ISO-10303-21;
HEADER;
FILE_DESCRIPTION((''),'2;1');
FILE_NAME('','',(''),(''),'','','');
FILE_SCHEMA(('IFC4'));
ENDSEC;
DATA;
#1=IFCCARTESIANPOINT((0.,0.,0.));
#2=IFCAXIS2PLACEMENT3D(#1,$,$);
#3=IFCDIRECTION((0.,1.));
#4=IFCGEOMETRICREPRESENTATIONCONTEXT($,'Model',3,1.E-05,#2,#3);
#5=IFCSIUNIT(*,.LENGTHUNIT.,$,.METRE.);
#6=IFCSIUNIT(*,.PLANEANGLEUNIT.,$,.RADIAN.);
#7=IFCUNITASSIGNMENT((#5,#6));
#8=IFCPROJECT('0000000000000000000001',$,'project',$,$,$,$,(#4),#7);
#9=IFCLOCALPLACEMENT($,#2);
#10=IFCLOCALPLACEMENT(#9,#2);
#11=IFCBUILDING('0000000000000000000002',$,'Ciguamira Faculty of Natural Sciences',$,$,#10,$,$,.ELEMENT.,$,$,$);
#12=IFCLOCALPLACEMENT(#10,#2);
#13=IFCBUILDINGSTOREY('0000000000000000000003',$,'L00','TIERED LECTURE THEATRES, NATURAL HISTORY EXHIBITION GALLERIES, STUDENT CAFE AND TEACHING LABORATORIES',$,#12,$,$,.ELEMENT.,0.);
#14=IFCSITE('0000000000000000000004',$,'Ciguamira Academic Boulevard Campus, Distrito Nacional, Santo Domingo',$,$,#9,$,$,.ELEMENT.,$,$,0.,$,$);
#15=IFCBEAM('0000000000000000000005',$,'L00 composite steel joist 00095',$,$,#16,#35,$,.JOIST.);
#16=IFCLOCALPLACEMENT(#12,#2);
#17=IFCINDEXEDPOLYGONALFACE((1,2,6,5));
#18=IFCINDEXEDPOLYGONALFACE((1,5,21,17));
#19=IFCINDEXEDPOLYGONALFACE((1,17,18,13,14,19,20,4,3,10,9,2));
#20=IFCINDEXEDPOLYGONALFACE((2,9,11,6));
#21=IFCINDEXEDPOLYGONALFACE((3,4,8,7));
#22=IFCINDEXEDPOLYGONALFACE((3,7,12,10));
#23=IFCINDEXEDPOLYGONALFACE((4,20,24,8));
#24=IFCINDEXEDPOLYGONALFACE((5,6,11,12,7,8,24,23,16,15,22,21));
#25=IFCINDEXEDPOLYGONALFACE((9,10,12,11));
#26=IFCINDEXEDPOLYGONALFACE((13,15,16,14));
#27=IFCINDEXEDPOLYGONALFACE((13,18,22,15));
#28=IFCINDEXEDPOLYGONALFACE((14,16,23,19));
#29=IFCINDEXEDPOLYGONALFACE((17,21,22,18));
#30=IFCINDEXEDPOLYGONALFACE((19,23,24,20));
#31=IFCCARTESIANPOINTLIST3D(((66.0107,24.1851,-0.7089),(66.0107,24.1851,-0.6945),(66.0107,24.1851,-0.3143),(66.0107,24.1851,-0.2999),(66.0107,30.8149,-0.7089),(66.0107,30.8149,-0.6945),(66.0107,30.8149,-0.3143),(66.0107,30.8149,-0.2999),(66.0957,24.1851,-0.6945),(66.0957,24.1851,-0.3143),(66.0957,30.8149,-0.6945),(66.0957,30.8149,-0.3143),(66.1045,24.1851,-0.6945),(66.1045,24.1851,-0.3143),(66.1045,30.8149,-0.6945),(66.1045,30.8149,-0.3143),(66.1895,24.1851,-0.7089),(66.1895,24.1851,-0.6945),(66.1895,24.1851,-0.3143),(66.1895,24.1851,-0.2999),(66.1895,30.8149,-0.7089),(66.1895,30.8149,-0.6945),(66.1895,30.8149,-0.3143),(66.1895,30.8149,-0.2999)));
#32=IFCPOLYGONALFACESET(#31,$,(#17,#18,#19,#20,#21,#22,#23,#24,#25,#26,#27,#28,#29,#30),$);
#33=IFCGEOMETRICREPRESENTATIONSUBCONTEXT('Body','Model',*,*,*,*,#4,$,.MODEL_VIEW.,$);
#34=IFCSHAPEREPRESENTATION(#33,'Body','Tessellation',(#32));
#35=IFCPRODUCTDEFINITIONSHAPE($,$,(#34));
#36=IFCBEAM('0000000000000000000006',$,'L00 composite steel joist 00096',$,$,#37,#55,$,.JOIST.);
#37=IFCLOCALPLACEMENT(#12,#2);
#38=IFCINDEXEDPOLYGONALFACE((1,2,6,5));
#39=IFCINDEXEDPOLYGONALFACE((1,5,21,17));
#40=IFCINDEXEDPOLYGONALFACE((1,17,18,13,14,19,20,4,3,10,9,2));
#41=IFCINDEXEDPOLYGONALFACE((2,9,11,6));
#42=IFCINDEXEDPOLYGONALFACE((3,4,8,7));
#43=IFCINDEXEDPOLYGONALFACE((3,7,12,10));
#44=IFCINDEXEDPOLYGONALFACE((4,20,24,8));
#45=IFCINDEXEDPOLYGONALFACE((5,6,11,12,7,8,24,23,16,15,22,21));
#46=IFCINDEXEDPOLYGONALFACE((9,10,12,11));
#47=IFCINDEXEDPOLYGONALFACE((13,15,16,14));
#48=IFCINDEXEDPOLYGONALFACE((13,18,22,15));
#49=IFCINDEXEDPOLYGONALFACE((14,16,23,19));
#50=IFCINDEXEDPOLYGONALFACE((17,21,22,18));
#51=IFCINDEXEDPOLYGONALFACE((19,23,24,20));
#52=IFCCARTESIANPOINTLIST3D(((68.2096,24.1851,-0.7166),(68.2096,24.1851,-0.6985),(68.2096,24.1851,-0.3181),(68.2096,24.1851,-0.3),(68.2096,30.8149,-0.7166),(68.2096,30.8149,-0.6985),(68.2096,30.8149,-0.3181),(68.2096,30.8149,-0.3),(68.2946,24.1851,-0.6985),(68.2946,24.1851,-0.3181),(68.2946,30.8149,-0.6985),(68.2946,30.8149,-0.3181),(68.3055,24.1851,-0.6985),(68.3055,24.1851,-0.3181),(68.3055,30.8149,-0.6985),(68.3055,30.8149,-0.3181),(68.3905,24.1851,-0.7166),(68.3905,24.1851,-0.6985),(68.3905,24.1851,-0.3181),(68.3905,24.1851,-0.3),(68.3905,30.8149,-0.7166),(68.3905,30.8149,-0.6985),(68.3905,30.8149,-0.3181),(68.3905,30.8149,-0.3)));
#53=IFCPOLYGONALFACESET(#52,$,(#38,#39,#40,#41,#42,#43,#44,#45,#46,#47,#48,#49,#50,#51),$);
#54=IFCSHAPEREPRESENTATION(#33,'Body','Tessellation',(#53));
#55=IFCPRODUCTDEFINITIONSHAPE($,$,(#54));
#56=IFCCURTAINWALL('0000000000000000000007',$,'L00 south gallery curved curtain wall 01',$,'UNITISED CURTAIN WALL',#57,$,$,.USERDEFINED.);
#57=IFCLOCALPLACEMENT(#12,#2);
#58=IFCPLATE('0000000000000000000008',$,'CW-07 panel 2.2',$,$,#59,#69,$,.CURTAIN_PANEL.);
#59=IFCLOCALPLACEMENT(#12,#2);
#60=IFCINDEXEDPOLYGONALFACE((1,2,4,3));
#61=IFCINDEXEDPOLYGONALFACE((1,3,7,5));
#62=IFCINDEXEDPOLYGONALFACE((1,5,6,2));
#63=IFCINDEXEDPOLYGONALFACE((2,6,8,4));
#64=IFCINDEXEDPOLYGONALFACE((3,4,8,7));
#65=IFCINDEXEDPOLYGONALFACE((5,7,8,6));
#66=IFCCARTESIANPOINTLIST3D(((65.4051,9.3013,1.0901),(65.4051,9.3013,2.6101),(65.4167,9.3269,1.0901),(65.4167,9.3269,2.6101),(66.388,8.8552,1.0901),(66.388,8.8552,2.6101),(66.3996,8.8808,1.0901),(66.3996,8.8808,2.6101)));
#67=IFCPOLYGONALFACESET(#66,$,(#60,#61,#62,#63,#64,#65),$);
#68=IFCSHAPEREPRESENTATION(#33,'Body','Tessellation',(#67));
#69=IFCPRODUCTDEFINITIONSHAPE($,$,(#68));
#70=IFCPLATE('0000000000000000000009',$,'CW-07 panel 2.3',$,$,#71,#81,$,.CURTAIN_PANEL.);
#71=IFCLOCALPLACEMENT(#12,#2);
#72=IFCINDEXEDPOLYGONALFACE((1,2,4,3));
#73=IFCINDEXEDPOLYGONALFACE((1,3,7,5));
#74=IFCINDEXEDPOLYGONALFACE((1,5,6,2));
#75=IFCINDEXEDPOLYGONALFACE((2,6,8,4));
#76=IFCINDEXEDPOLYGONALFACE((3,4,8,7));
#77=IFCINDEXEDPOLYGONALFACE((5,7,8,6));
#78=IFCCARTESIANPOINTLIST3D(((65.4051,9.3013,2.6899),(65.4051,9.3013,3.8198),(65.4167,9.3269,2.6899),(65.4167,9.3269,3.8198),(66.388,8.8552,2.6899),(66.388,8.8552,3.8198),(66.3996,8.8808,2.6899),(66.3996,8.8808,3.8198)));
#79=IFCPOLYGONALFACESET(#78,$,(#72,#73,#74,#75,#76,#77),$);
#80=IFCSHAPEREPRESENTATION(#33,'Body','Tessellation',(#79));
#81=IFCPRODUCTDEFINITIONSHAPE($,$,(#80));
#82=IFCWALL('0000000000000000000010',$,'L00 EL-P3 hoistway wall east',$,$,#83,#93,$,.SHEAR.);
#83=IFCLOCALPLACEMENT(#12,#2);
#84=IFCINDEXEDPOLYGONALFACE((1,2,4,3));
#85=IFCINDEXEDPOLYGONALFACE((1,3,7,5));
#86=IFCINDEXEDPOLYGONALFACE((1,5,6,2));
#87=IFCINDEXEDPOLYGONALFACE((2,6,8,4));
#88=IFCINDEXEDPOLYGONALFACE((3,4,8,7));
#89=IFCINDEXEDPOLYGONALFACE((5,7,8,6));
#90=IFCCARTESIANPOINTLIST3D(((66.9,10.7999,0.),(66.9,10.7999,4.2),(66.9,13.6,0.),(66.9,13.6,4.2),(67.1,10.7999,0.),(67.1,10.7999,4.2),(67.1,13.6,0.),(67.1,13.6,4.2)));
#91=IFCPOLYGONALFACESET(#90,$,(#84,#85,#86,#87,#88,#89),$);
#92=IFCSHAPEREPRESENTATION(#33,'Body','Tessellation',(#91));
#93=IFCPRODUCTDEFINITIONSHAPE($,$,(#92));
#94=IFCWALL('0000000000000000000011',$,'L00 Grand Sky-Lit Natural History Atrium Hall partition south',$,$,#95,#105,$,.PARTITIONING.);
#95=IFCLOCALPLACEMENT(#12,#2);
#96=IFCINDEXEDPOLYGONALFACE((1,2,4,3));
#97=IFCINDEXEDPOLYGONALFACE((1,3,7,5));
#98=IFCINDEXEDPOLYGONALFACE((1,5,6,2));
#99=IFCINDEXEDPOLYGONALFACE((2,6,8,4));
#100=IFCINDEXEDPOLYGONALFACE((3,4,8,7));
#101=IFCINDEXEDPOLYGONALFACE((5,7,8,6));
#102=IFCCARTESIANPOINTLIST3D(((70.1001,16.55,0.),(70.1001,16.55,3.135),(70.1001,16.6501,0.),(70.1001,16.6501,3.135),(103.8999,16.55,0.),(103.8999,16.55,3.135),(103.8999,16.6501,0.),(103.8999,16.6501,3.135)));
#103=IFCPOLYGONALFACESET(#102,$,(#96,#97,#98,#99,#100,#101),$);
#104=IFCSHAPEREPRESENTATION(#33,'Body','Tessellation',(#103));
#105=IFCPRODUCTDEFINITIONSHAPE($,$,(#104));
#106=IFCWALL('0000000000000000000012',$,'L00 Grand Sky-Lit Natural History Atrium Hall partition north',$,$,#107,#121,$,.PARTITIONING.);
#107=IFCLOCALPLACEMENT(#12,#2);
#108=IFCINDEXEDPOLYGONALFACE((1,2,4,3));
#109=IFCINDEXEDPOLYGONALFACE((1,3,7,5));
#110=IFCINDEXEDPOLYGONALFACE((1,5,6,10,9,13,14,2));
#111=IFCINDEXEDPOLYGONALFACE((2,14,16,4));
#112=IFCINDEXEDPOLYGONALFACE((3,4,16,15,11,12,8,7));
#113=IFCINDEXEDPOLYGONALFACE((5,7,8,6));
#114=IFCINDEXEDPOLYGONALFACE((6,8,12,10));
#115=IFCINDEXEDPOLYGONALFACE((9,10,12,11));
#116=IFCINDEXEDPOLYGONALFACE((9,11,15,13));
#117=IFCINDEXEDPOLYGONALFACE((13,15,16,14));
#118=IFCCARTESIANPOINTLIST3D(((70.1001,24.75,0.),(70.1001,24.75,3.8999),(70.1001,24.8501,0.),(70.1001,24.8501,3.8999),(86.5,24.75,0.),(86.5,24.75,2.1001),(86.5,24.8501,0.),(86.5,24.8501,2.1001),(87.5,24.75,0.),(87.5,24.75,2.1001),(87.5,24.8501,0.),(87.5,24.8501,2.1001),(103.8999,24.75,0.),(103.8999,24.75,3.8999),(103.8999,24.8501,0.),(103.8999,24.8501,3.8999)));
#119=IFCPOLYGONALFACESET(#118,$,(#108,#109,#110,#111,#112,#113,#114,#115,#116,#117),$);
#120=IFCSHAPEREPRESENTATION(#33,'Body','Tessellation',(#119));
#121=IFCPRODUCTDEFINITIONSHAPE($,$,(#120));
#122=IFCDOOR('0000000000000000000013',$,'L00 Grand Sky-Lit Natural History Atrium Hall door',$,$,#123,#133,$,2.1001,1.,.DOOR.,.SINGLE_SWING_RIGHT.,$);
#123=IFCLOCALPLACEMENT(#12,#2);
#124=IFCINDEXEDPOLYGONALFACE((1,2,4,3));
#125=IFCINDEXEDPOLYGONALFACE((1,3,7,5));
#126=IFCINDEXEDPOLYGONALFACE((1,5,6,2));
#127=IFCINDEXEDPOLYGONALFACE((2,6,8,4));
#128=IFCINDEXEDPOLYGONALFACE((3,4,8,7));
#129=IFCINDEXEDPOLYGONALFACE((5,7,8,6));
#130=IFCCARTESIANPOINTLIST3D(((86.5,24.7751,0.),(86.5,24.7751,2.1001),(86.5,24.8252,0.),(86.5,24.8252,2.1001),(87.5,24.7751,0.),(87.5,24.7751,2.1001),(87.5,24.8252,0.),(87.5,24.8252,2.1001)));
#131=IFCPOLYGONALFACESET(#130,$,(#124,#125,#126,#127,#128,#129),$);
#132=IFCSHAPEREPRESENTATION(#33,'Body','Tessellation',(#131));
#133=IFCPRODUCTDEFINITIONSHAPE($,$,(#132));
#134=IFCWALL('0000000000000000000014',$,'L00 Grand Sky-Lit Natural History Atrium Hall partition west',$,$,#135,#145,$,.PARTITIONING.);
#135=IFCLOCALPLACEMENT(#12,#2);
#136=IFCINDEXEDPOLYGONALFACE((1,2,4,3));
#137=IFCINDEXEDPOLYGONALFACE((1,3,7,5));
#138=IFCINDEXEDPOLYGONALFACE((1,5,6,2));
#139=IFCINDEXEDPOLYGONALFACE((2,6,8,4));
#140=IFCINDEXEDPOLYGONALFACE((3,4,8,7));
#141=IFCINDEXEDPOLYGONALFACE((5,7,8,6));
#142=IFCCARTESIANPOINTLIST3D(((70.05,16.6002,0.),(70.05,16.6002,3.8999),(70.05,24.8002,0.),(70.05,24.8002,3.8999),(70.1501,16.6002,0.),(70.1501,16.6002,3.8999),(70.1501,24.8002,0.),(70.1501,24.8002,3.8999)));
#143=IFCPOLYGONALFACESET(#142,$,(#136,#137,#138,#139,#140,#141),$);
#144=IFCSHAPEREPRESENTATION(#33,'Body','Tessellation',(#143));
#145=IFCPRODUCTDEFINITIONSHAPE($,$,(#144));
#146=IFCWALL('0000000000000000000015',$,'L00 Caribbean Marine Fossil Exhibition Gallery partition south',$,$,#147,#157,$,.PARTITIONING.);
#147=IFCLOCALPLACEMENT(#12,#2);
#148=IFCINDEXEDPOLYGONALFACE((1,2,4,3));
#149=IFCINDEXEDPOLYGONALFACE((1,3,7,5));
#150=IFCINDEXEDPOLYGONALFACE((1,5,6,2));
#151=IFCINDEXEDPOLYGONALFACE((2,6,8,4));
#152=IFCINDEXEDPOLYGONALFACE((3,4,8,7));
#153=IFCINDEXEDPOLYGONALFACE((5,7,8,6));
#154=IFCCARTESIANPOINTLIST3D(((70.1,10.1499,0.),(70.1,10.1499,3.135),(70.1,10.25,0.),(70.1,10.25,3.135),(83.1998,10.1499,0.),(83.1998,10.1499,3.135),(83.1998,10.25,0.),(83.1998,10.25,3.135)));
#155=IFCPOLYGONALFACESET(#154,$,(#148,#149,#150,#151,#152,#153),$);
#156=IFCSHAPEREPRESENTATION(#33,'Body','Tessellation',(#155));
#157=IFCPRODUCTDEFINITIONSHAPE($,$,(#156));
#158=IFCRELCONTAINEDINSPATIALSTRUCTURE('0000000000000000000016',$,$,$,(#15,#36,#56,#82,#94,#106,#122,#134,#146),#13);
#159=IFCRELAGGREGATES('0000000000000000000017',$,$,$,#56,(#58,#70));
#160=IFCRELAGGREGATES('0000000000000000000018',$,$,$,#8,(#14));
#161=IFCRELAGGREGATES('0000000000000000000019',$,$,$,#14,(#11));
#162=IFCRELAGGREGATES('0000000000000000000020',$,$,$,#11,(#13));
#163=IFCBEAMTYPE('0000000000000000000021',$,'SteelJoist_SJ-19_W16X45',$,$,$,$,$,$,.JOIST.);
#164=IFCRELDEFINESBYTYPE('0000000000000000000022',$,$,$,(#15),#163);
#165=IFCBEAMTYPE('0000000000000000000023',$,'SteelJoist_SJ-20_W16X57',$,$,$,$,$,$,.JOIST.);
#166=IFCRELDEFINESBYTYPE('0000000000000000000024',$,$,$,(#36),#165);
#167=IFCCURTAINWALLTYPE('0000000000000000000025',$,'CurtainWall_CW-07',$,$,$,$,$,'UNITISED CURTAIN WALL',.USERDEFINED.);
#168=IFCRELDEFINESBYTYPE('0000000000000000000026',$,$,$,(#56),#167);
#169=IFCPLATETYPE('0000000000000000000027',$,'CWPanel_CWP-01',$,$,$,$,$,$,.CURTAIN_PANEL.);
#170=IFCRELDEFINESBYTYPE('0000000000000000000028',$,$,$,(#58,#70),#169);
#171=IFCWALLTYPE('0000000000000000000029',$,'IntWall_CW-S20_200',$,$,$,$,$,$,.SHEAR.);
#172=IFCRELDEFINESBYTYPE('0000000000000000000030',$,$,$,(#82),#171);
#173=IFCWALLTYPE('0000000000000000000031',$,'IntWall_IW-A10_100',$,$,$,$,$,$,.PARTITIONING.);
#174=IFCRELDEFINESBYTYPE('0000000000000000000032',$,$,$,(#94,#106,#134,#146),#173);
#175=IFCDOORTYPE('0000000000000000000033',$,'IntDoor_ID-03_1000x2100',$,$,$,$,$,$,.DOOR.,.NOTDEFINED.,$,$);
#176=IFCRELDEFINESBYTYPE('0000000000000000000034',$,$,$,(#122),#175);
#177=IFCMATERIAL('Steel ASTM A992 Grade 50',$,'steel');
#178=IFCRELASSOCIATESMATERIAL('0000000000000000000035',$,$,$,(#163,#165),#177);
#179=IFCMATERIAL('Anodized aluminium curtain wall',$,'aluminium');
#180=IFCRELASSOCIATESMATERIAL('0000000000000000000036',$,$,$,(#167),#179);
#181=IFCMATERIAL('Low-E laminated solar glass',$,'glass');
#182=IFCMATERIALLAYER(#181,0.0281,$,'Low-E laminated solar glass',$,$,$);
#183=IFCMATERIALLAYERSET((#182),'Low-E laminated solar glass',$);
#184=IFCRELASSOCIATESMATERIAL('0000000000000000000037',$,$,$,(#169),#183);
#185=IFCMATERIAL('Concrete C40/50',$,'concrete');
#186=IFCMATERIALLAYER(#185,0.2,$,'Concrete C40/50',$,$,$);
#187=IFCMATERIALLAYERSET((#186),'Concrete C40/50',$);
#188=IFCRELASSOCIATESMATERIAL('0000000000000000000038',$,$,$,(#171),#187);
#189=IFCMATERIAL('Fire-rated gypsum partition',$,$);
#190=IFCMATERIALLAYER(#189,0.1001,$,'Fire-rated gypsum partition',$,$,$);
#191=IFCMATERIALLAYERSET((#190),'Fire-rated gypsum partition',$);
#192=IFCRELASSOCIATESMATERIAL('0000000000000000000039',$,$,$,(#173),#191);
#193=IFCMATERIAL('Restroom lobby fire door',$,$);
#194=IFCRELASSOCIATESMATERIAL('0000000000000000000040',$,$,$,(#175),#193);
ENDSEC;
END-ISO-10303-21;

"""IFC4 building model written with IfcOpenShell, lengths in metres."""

from ifc_helpers import new_model, si_unit, direction, frame, frame_2d, origin, origin_2d, place, context, subcontext, project, spatial, rectangle, i_section, extrude, material, layer, layer_set, material_profile, profile_set, type_object, element, fill, aggregate, save


model = new_model("IFC4")

# Units and contexts
model_context = context("Model", 3, precision=1e-05, world=origin(), true_north=direction((0.0, 1.0)))
body_context = subcontext(model_context, "Body", "Model", "MODEL_VIEW")
ifc_project = project(units=[si_unit("LENGTHUNIT", "METRE"), si_unit("PLANEANGLEUNIT", "RADIAN")], contexts=[model_context])

# Site, building, storey
site_placement = place(None, origin())
site = spatial("IfcSite", under=ifc_project, at=site_placement, Name="Ciguamira Academic Boulevard Campus, Distrito Nacional, Santo Domingo", CompositionType="ELEMENT", RefElevation=0.0)
building_placement = place(site_placement, origin())
building = spatial("IfcBuilding", under=site, at=building_placement, Name="Ciguamira Faculty of Natural Sciences", CompositionType="ELEMENT")
storey_placement = place(building_placement, origin())
storey = spatial("IfcBuildingStorey", under=building, at=storey_placement, Name="L00", Description="TIERED LECTURE THEATRES, NATURAL HISTORY EXHIBITION GALLERIES, STUDENT CAFE AND TEACHING LABORATORIES", CompositionType="ELEMENT", Elevation=0.0)

# Shared definitions
ifc_material_1 = material(Name="Concrete C40/50", Category="concrete")

# Beams
ifc_material_2 = material(Name="Steel ASTM A992 Grade 50", Category="steel")
ifc_material_profile_1 = material_profile(ifc_material_2, i_section(OverallWidth=0.1787, OverallDepth=0.4089, WebThickness=0.0088, FlangeThickness=0.0144, at=origin_2d()), Name="W16X45")
ifc_profile_set_1 = profile_set([ifc_material_profile_1], Name="Steel ASTM A992 Grade 50")
beam_type_1 = type_object("IfcBeamType", Name="SteelJoist_SJ-19_W16X45", PredefinedType="JOIST", material=ifc_profile_set_1)
beam_1_placement = place(storey_placement, frame((66.1001, 24.1851, -0.5044), z_axis=(0.0, 1.0, 0.0), x_axis=(-1.0, 0.0, 0.0)))
element("IfcBeam", 1, at=beam_1_placement, inside=storey, type_object=beam_type_1, Name="L00 composite steel joist 00095", PredefinedType="JOIST", context=body_context, shape_type="SweptSolid", body=[
    extrude(i_section(OverallWidth=0.1787, OverallDepth=0.4089, WebThickness=0.0088, FlangeThickness=0.0144, at=origin_2d()), origin(), (0.0, 0.0, 1.0), 6.6299),
])
ifc_material_profile_2 = material_profile(ifc_material_2, i_section(OverallWidth=0.1809, OverallDepth=0.4165, WebThickness=0.011, FlangeThickness=0.0181, at=origin_2d()), Name="W16X57")
ifc_profile_set_2 = profile_set([ifc_material_profile_2], Name="Steel ASTM A992 Grade 50")
beam_type_2 = type_object("IfcBeamType", Name="SteelJoist_SJ-20_W16X57", PredefinedType="JOIST", material=ifc_profile_set_2)
beam_2_placement = place(storey_placement, frame((68.3, 24.1851, -0.5083), z_axis=(0.0, 1.0, 0.0), x_axis=(-1.0, 0.0, 0.0)))
element("IfcBeam", 2, at=beam_2_placement, inside=storey, type_object=beam_type_2, Name="L00 composite steel joist 00096", PredefinedType="JOIST", context=body_context, shape_type="SweptSolid", body=[
    extrude(i_section(OverallWidth=0.1809, OverallDepth=0.4165, WebThickness=0.011, FlangeThickness=0.0181, at=origin_2d()), origin(), (0.0, 0.0, 1.0), 6.6299),
])

# Curtain wall, plates
ifc_material_3 = material(Name="Anodized aluminium curtain wall", Category="aluminium")
curtain_wall_type = type_object("IfcCurtainWallType", Name="CurtainWall_CW-07", ElementType="UNITISED CURTAIN WALL", PredefinedType="USERDEFINED", material=ifc_material_3)
curtain_wall_placement = place(storey_placement, origin())
curtain_wall = element("IfcCurtainWall", 3, at=curtain_wall_placement, inside=storey, type_object=curtain_wall_type, Name="L00 south gallery curved curtain wall 01", ObjectType="UNITISED CURTAIN WALL", PredefinedType="USERDEFINED")
ifc_material_4 = material(Name="Low-E laminated solar glass", Category="glass")
ifc_layer_1 = layer(ifc_material_4, 0.0281, Name="Low-E laminated solar glass")
ifc_layer_set_1 = layer_set([ifc_layer_1], Name="Low-E laminated solar glass")
plate_type = type_object("IfcPlateType", Name="CWPanel_CWP-01", PredefinedType="CURTAIN_PANEL", material=ifc_layer_set_1)
plate_1_placement = place(storey_placement, frame((65.9023, 9.0911, 1.0901), z_axis=(0.0, 0.0, 1.0), x_axis=(0.910581, -0.413332, 0.0)))
plate_1 = element("IfcPlate", 4, at=plate_1_placement, type_object=plate_type, Name="CW-07 panel 2.2", PredefinedType="CURTAIN_PANEL", context=body_context, shape_type="SweptSolid", body=[
    extrude(rectangle(XDim=1.0793, YDim=0.0281, at=origin_2d()), origin(), (0.0, 0.0, 1.0), 1.52),
])
plate_2_placement = place(storey_placement, frame((65.9023, 9.0911, 2.6899), z_axis=(0.0, 0.0, 1.0), x_axis=(0.910581, -0.413332, 0.0)))
plate_2 = element("IfcPlate", 5, at=plate_2_placement, type_object=plate_type, Name="CW-07 panel 2.3", PredefinedType="CURTAIN_PANEL", context=body_context, shape_type="SweptSolid", body=[
    extrude(rectangle(XDim=1.0793, YDim=0.0281, at=origin_2d()), origin(), (0.0, 0.0, 1.0), 1.1299),
])
aggregate(curtain_wall, [plate_1, plate_2])

# Walls
ifc_layer_2 = layer(ifc_material_1, 0.2, Name="Concrete C40/50")
ifc_layer_set_2 = layer_set([ifc_layer_2], Name="Concrete C40/50")
wall_type_1 = type_object("IfcWallType", Name="IntWall_CW-S20_200", PredefinedType="SHEAR", material=ifc_layer_set_2)
wall_1_placement = place(storey_placement, frame((67.0, 10.8, 0.0), z_axis=(0.0, 0.0, 1.0), x_axis=(0.0, 1.0, 0.0)))
element("IfcWall", 6, at=wall_1_placement, inside=storey, type_object=wall_type_1, Name="L00 EL-P3 hoistway wall east", PredefinedType="SHEAR", context=body_context, shape_type="SweptSolid", body=[
    extrude(rectangle(XDim=2.8, YDim=0.2, at=frame_2d((1.3999, 0.0))), origin(), (0.0, 0.0, 1.0), 4.2),
])
ifc_material_5 = material(Name="Fire-rated gypsum partition")
ifc_layer_3 = layer(ifc_material_5, 0.1001, Name="Fire-rated gypsum partition")
ifc_layer_set_3 = layer_set([ifc_layer_3], Name="Fire-rated gypsum partition")
wall_type_2 = type_object("IfcWallType", Name="IntWall_IW-A10_100", PredefinedType="PARTITIONING", material=ifc_layer_set_3)
wall_2_placement = place(storey_placement, frame((70.1001, 16.6001, 0.0), z_axis=(0.0, 0.0, 1.0), x_axis=(1.0, 0.0, 0.0)))
element("IfcWall", 7, at=wall_2_placement, inside=storey, type_object=wall_type_2, Name="L00 Grand Sky-Lit Natural History Atrium Hall partition south", PredefinedType="PARTITIONING", context=body_context, shape_type="SweptSolid", body=[
    extrude(rectangle(XDim=33.7998, YDim=0.1001, at=frame_2d((16.8999, 0.0))), origin(), (0.0, 0.0, 1.0), 3.135),
])

# Wall, opening, door
wall_3_placement = place(storey_placement, frame((70.1001, 24.8, 0.0), z_axis=(0.0, 0.0, 1.0), x_axis=(1.0, 0.0, 0.0)))
wall_3 = element("IfcWall", 8, at=wall_3_placement, inside=storey, type_object=wall_type_2, Name="L00 Grand Sky-Lit Natural History Atrium Hall partition north", PredefinedType="PARTITIONING", context=body_context, shape_type="SweptSolid", body=[
    extrude(rectangle(XDim=33.7998, YDim=0.1001, at=frame_2d((16.8999, 0.0))), origin(), (0.0, 0.0, 1.0), 3.8999),
])
opening_1_placement = place(wall_3_placement, frame((16.3999, 0.0, 0.0)))
opening_1 = element("IfcOpeningElement", 9, at=opening_1_placement, cuts=wall_3, PredefinedType="OPENING", context=body_context, shape_type="SweptSolid", body=[
    extrude(rectangle(XDim=1.0, YDim=2.1001, at=frame_2d((0.5, 1.05))), frame((0.0, 0.0601, 0.0), z_axis=(0.0, -1.0, 0.0), x_axis=(1.0, 0.0, 0.0)), (0.0, 0.0, 1.0), 0.1201),
])
ifc_material_6 = material(Name="Restroom lobby fire door")
door_type_1 = type_object("IfcDoorType", Name="IntDoor_ID-03_1000x2100", OperationType="NOTDEFINED", PredefinedType="DOOR", material=ifc_material_6)
door_1_placement = place(opening_1_placement, frame((1.0, 0.0, 0.0), z_axis=(0.0, 0.0, 1.0), x_axis=(-1.0, 0.0, 0.0)))
door_1 = element("IfcDoor", 10, at=door_1_placement, inside=storey, type_object=door_type_1, Name="L00 Grand Sky-Lit Natural History Atrium Hall door", OperationType="SINGLE_SWING_RIGHT", OverallHeight=2.1001, OverallWidth=1.0, PredefinedType="DOOR", context=body_context, shape_type="SweptSolid", body=[
    extrude(rectangle(XDim=1.0, YDim=2.1001, at=frame_2d((0.5, 1.05))), frame((0.0, 0.0249, 0.0), z_axis=(0.0, -1.0, 0.0), x_axis=(1.0, 0.0, 0.0)), (0.0, 0.0, 1.0), 0.05),
])
fill(opening_1, door_1)

# Walls
wall_4_placement = place(storey_placement, frame((70.1001, 16.6001, 0.0), z_axis=(0.0, 0.0, 1.0), x_axis=(0.0, 1.0, 0.0)))
element("IfcWall", 11, at=wall_4_placement, inside=storey, type_object=wall_type_2, Name="L00 Grand Sky-Lit Natural History Atrium Hall partition west", PredefinedType="PARTITIONING", context=body_context, shape_type="SweptSolid", body=[
    extrude(rectangle(XDim=8.2, YDim=0.1001, at=frame_2d((4.1001, 0.0))), origin(), (0.0, 0.0, 1.0), 3.8999),
])
wall_5_placement = place(storey_placement, frame((70.1001, 10.2, 0.0), z_axis=(0.0, 0.0, 1.0), x_axis=(1.0, 0.0, 0.0)))
element("IfcWall", 12, at=wall_5_placement, inside=storey, type_object=wall_type_2, Name="L00 Caribbean Marine Fossil Exhibition Gallery partition south", PredefinedType="PARTITIONING", context=body_context, shape_type="SweptSolid", body=[
    extrude(rectangle(XDim=13.0999, YDim=0.1001, at=frame_2d((6.5498, 0.0))), origin(), (0.0, 0.0, 1.0), 3.135),
])

save(model, "model.ifc")
